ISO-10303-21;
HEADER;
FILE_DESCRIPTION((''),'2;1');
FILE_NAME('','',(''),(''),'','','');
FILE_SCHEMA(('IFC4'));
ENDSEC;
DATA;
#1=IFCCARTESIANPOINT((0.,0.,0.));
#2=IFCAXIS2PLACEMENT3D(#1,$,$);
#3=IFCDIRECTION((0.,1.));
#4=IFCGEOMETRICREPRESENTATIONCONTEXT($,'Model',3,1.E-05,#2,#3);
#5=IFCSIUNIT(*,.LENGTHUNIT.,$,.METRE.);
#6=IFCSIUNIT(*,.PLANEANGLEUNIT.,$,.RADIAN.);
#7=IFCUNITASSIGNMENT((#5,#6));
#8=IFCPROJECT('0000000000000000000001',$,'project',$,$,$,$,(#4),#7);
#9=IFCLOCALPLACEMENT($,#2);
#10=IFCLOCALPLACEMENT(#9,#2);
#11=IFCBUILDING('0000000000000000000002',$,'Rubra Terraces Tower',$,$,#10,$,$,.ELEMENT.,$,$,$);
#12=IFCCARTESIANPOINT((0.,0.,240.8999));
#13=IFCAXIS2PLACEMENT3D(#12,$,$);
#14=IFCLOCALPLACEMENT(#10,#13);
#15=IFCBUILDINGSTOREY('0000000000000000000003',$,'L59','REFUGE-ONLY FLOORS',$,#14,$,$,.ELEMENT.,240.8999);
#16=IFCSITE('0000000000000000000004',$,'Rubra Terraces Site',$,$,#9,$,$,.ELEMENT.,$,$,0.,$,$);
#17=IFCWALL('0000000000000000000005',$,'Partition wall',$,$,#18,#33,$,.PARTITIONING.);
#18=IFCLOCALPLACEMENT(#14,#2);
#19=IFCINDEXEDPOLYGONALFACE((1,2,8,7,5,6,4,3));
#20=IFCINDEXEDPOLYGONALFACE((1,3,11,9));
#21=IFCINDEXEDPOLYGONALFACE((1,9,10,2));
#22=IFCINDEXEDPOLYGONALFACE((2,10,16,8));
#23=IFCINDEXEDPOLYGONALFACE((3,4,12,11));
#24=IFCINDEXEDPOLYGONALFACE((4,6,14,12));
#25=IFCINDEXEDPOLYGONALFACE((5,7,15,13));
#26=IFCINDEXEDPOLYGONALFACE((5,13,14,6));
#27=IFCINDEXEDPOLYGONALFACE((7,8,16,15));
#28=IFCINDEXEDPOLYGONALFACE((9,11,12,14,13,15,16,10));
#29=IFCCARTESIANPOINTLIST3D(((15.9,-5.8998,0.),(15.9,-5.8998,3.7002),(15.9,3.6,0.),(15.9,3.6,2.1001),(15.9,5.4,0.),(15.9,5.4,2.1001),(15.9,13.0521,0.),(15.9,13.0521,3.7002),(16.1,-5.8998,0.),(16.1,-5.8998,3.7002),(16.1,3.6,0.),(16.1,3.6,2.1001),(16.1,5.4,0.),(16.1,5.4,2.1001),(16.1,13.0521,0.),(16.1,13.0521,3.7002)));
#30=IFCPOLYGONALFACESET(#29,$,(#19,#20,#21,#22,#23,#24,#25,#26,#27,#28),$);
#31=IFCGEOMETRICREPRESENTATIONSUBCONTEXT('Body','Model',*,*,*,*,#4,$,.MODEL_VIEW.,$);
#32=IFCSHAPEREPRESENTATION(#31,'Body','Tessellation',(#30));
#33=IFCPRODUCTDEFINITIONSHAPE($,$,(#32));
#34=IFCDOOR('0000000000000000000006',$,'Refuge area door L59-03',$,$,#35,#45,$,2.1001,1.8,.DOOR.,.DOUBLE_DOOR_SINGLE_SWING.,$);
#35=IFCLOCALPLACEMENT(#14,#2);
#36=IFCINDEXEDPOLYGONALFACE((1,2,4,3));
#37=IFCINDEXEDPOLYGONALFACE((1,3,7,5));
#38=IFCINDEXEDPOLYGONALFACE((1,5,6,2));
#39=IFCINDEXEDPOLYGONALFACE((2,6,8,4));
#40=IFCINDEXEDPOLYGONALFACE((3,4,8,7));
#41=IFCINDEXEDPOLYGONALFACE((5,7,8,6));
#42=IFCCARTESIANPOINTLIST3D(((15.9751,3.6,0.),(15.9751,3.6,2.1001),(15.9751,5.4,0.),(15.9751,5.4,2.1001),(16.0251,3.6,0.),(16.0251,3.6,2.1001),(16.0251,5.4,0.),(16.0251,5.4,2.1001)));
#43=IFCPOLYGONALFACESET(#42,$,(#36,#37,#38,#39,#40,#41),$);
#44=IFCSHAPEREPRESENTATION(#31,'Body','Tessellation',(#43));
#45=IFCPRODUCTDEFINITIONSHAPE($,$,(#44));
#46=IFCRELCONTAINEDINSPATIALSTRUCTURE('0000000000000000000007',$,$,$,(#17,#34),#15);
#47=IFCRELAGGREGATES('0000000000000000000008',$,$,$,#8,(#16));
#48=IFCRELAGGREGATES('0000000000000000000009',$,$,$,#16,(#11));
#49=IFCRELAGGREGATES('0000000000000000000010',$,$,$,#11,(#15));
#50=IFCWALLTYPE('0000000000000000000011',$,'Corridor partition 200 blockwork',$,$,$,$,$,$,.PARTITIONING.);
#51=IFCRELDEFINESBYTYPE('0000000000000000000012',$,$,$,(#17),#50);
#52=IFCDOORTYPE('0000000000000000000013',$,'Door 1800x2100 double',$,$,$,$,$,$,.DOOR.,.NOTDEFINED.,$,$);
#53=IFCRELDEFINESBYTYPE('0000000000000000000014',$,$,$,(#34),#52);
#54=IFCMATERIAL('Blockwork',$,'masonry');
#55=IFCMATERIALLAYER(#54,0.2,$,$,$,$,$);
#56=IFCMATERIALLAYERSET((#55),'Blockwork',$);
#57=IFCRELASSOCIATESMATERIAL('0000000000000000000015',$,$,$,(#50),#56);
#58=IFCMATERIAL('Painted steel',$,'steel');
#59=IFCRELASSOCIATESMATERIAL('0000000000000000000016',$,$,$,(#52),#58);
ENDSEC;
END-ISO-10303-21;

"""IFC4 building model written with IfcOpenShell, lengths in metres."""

from ifc_helpers import new_model, si_unit, direction, frame, frame_2d, origin, place, context, subcontext, project, spatial, rectangle, extrude, material, layer, layer_set, type_object, element, fill, save


model = new_model("IFC4")

# Units and contexts
model_context = context("Model", 3, precision=1e-05, world=origin(), true_north=direction((0.0, 1.0)))
body_context = subcontext(model_context, "Body", "Model", "MODEL_VIEW")
ifc_project = project(units=[si_unit("LENGTHUNIT", "METRE"), si_unit("PLANEANGLEUNIT", "RADIAN")], contexts=[model_context])

# Site, building, storey
site_placement = place(None, origin())
site = spatial("IfcSite", under=ifc_project, at=site_placement, Name="Rubra Terraces Site", CompositionType="ELEMENT", RefElevation=0.0)
building_placement = place(site_placement, origin())
building = spatial("IfcBuilding", under=site, at=building_placement, Name="Rubra Terraces Tower", CompositionType="ELEMENT")
storey_placement = place(building_placement, frame((0.0, 0.0, 240.8999)))
storey = spatial("IfcBuildingStorey", under=building, at=storey_placement, Name="L59", Description="REFUGE-ONLY FLOORS", CompositionType="ELEMENT", Elevation=240.8999)

# Shared definitions
ifc_material_1 = material(Name="Blockwork", Category="masonry")
ifc_layer_1 = layer(ifc_material_1, 0.2)
ifc_layer_set_1 = layer_set([ifc_layer_1], Name="Blockwork")
wall_type_1 = type_object("IfcWallType", Name="Corridor partition 200 blockwork", PredefinedType="PARTITIONING", material=ifc_layer_set_1)

# Wall, opening, door
wall_1_placement = place(storey_placement, frame((16.0, -5.8999, 0.0), z_axis=(0.0, 0.0, 1.0), x_axis=(0.0, 1.0, 0.0)))
wall_1 = element("IfcWall", 1, at=wall_1_placement, inside=storey, type_object=wall_type_1, Name="Partition wall", PredefinedType="PARTITIONING", context=body_context, shape_type="SweptSolid", body=[
    extrude(rectangle(XDim=18.9519, YDim=0.2, at=frame_2d((9.4761, 0.0))), origin(), (0.0, 0.0, 1.0), 3.7002),
])
opening_1_placement = place(wall_1_placement, frame((9.5, 0.0, 0.0)))
opening_1 = element("IfcOpeningElement", 2, at=opening_1_placement, cuts=wall_1, PredefinedType="OPENING", context=body_context, shape_type="SweptSolid", body=[
    extrude(rectangle(XDim=1.8, YDim=2.1001, at=frame_2d((0.8999, 1.05))), frame((0.0, 0.1099, 0.0), z_axis=(0.0, -1.0, 0.0), x_axis=(1.0, 0.0, 0.0)), (0.0, 0.0, 1.0), 0.22),
])
ifc_material_2 = material(Name="Painted steel", Category="steel")
door_type = type_object("IfcDoorType", Name="Door 1800x2100 double", OperationType="NOTDEFINED", PredefinedType="DOOR", material=ifc_material_2)
door_placement = place(opening_1_placement, origin())
door = element("IfcDoor", 3, at=door_placement, inside=storey, type_object=door_type, Name="Refuge area door L59-03", OperationType="DOUBLE_DOOR_SINGLE_SWING", OverallHeight=2.1001, OverallWidth=1.8, PredefinedType="DOOR", context=body_context, shape_type="SweptSolid", body=[
    extrude(rectangle(XDim=1.8, YDim=2.1001, at=frame_2d((0.8999, 1.05))), frame((0.0, 0.0249, 0.0), z_axis=(0.0, -1.0, 0.0), x_axis=(1.0, 0.0, 0.0)), (0.0, 0.0, 1.0), 0.05),
])
fill(opening_1, door)

save(model, "model.ifc")
